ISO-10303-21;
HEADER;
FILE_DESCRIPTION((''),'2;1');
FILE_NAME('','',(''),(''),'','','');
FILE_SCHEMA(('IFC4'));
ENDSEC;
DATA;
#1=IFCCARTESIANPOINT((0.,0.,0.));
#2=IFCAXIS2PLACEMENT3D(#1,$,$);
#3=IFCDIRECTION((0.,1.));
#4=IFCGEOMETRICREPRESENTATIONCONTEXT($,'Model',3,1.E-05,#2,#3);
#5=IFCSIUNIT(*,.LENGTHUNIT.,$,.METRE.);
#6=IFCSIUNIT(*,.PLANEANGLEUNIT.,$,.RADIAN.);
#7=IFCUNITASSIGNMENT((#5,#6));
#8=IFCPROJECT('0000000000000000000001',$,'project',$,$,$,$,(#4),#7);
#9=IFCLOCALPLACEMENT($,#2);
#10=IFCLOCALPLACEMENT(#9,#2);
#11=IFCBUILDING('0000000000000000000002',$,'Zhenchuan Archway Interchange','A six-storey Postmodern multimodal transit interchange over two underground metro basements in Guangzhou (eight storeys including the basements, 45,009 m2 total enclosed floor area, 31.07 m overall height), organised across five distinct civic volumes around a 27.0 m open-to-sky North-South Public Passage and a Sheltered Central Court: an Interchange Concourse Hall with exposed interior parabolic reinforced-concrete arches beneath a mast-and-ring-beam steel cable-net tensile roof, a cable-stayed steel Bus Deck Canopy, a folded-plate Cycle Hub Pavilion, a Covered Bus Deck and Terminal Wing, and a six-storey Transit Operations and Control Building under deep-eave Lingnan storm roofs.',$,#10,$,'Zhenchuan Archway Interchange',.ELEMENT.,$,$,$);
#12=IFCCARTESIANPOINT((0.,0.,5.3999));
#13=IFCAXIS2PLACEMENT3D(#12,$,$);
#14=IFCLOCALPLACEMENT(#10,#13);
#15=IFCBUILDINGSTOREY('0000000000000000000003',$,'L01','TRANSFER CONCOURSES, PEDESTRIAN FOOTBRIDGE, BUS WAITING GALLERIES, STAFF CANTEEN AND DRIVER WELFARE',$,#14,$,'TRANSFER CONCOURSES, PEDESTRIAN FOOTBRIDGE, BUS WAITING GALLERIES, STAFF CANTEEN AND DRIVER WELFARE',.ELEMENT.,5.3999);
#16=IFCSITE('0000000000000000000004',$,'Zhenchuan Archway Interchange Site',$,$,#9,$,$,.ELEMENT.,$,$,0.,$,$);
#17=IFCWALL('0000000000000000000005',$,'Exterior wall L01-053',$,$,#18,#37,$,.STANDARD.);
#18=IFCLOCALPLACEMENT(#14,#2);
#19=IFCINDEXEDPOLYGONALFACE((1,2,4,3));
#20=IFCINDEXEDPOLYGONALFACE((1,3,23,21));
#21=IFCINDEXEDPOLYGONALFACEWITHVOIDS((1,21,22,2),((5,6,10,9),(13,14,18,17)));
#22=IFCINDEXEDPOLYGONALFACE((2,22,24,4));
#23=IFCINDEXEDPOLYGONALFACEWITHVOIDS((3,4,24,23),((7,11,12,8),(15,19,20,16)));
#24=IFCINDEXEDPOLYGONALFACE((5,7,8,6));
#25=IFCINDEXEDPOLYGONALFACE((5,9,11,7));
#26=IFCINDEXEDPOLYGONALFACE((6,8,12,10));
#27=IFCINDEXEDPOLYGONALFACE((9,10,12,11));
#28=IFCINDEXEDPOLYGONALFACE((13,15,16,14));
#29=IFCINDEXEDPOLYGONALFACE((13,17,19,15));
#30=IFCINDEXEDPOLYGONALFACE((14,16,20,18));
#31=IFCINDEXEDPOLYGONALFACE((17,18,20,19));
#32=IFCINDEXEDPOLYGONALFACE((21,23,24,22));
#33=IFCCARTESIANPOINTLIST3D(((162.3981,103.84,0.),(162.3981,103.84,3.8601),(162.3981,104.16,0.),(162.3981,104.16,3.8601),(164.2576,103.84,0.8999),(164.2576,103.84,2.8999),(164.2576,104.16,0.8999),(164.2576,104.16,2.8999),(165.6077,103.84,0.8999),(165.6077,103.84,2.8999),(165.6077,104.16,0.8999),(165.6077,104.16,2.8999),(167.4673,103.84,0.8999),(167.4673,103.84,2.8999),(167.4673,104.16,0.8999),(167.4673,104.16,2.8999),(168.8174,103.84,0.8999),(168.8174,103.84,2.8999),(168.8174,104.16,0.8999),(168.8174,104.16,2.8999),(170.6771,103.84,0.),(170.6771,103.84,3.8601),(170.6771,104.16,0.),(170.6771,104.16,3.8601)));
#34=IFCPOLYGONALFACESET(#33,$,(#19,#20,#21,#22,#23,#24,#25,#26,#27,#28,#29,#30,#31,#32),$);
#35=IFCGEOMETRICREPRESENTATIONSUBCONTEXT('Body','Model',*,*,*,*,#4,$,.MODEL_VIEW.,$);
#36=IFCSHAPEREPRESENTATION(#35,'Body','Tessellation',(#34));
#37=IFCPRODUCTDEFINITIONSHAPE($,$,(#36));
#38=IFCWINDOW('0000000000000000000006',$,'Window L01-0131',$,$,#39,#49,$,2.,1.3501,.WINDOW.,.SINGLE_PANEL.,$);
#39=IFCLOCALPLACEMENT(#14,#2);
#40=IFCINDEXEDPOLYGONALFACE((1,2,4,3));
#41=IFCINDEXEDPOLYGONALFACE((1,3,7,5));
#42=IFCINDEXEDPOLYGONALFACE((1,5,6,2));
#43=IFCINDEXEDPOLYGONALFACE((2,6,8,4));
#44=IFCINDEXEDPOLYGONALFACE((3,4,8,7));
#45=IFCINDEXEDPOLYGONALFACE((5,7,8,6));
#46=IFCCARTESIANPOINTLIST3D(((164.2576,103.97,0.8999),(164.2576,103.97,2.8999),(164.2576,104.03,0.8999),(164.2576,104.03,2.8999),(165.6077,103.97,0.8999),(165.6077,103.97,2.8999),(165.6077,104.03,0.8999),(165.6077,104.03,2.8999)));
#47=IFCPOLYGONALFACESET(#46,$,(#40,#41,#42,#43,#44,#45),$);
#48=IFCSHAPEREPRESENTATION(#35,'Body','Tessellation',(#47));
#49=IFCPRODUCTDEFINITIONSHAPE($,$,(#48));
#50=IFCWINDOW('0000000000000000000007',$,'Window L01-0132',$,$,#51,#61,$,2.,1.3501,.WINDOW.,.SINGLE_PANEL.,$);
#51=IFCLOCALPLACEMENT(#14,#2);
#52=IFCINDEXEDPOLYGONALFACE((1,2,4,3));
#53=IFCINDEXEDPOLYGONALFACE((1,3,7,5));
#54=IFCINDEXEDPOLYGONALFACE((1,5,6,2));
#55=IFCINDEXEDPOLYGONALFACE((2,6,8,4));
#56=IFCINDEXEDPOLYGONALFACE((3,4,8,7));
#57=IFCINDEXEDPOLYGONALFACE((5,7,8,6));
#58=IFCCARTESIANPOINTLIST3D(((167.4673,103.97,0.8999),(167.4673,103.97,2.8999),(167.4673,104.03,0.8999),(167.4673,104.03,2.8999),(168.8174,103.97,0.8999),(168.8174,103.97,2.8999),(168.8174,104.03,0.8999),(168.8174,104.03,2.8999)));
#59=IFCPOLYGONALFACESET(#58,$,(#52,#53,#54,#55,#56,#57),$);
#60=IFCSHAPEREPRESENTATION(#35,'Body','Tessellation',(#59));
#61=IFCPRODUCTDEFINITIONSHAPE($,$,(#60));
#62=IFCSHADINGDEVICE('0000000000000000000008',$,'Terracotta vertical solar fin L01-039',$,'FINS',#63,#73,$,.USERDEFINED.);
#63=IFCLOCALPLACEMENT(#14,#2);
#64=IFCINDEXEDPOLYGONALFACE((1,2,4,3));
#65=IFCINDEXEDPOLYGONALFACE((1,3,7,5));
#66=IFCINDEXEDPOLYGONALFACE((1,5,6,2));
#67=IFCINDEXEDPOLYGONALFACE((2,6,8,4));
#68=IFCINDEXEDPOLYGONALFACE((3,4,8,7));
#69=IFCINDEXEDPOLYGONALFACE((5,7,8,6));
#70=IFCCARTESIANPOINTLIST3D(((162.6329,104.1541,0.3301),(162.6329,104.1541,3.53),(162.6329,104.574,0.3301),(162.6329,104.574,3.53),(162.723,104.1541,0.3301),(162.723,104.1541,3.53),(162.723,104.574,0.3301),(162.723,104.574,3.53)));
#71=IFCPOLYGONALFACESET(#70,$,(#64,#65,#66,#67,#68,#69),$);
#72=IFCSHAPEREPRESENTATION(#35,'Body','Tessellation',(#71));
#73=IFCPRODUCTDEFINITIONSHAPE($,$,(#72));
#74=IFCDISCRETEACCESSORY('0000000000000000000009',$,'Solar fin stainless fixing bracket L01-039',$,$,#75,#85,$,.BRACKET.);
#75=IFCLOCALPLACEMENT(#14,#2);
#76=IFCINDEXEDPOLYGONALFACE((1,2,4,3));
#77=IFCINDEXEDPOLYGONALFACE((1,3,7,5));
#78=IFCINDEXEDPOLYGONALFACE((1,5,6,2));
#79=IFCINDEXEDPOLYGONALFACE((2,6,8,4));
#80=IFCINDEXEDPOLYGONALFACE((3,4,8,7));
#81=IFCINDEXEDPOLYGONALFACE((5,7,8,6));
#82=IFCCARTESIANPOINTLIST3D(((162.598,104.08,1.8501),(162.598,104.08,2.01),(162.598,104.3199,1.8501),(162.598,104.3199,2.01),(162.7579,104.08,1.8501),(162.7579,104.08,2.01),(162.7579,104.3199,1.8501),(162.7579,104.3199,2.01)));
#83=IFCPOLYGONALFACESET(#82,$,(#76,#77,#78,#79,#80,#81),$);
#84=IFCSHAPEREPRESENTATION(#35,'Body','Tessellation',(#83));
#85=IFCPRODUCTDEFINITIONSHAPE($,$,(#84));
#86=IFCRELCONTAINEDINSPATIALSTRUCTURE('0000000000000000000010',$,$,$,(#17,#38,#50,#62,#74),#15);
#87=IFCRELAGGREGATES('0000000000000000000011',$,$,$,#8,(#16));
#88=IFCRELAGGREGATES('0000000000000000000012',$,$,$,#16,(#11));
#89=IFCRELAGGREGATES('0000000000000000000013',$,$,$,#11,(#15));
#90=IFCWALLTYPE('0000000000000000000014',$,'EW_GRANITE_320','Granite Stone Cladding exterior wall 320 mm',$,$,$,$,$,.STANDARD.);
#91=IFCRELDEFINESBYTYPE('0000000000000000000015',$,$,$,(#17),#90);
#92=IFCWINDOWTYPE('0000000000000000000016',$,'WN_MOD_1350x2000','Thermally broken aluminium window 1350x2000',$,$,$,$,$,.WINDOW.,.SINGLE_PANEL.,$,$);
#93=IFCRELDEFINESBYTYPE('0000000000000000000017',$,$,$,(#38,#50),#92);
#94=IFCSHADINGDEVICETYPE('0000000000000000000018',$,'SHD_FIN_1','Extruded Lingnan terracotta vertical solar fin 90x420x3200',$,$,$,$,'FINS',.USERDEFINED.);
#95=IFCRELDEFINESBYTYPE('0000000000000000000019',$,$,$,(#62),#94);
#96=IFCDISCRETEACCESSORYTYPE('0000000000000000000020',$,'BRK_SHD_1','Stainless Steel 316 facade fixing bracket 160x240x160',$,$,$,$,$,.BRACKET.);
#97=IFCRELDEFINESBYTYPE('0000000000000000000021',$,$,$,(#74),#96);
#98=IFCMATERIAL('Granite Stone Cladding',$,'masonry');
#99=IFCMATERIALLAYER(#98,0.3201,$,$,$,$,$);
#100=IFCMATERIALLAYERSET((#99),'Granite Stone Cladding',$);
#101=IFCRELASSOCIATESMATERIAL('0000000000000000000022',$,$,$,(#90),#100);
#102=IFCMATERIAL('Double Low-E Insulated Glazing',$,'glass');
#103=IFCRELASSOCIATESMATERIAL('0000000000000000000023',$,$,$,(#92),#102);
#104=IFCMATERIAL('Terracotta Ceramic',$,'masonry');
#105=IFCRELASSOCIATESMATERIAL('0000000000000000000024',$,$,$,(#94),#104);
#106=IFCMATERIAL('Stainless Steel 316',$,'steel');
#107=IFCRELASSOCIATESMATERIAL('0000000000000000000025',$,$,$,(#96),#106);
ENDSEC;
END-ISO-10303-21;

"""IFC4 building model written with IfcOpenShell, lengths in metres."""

from ifc_helpers import new_model, si_unit, direction, frame, frame_2d, origin, origin_2d, place, context, subcontext, project, spatial, rectangle, extrude, material, layer, layer_set, type_object, element, fill, save


model = new_model("IFC4")

# Units and contexts
model_context = context("Model", 3, precision=1e-05, world=origin(), true_north=direction((0.0, 1.0)))
body_context = subcontext(model_context, "Body", "Model", "MODEL_VIEW")
ifc_project = project(units=[si_unit("LENGTHUNIT", "METRE"), si_unit("PLANEANGLEUNIT", "RADIAN")], contexts=[model_context])

# Site, building, storey
site_placement = place(None, origin())
site = spatial("IfcSite", under=ifc_project, at=site_placement, Name="Zhenchuan Archway Interchange Site", CompositionType="ELEMENT", RefElevation=0.0)
building_placement = place(site_placement, origin())
building = spatial("IfcBuilding", under=site, at=building_placement, Name="Zhenchuan Archway Interchange", Description="A six-storey Postmodern multimodal transit interchange over two underground metro basements in Guangzhou (eight storeys including the basements, 45,009 m2 total enclosed floor area, 31.07 m overall height), organised across five distinct civic volumes around a 27.0 m open-to-sky North-South Public Passage and a Sheltered Central Court: an Interchange Concourse Hall with exposed interior parabolic reinforced-concrete arches beneath a mast-and-ring-beam steel cable-net tensile roof, a cable-stayed steel Bus Deck Canopy, a folded-plate Cycle Hub Pavilion, a Covered Bus Deck and Terminal Wing, and a six-storey Transit Operations and Control Building under deep-eave Lingnan storm roofs.", LongName="Zhenchuan Archway Interchange", CompositionType="ELEMENT")
storey_placement = place(building_placement, frame((0.0, 0.0, 5.3999)))
storey = spatial("IfcBuildingStorey", under=building, at=storey_placement, Name="L01", Description="TRANSFER CONCOURSES, PEDESTRIAN FOOTBRIDGE, BUS WAITING GALLERIES, STAFF CANTEEN AND DRIVER WELFARE", LongName="TRANSFER CONCOURSES, PEDESTRIAN FOOTBRIDGE, BUS WAITING GALLERIES, STAFF CANTEEN AND DRIVER WELFARE", CompositionType="ELEMENT", Elevation=5.3999)

# Shared definitions
ifc_material_1 = material(Name="Double Low-E Insulated Glazing", Category="glass")

# Wall, openings, windows
ifc_material_2 = material(Name="Granite Stone Cladding", Category="masonry")
ifc_layer_1 = layer(ifc_material_2, 0.3201)
ifc_layer_set_1 = layer_set([ifc_layer_1], Name="Granite Stone Cladding")
wall_type = type_object("IfcWallType", Name="EW_GRANITE_320", Description="Granite Stone Cladding exterior wall 320 mm", PredefinedType="STANDARD", material=ifc_layer_set_1)
wall_placement = place(storey_placement, frame((162.3979, 104.0, 0.0), z_axis=(0.0, 0.0, 1.0), x_axis=(1.0, 0.0, 0.0)))
wall = element("IfcWall", 1, at=wall_placement, inside=storey, type_object=wall_type, Name="Exterior wall L01-053", PredefinedType="STANDARD", context=body_context, shape_type="SweptSolid", body=[
    extrude(rectangle(XDim=8.2791, YDim=0.3201, at=frame_2d((4.1396, 0.0))), origin(), (0.0, 0.0, 1.0), 3.8601),
])
opening_1_placement = place(wall_placement, frame((1.8596, 0.0, 0.8999)))
opening_1 = element("IfcOpeningElement", 2, at=opening_1_placement, cuts=wall, PredefinedType="OPENING", context=body_context, shape_type="SweptSolid", body=[
    extrude(rectangle(XDim=1.3501, YDim=2.0, at=frame_2d((0.675, 1.0))), frame((0.0, 0.1719, 0.0), z_axis=(0.0, -1.0, 0.0), x_axis=(1.0, 0.0, 0.0)), (0.0, 0.0, 1.0), 0.344),
])
opening_2_placement = place(wall_placement, frame((5.0693, 0.0, 0.8999)))
opening_2 = element("IfcOpeningElement", 3, at=opening_2_placement, cuts=wall, PredefinedType="OPENING", context=body_context, shape_type="SweptSolid", body=[
    extrude(rectangle(XDim=1.3501, YDim=2.0, at=frame_2d((0.675, 1.0))), frame((0.0, 0.1719, 0.0), z_axis=(0.0, -1.0, 0.0), x_axis=(1.0, 0.0, 0.0)), (0.0, 0.0, 1.0), 0.344),
])
window_type = type_object("IfcWindowType", Name="WN_MOD_1350x2000", Description="Thermally broken aluminium window 1350x2000", PartitioningType="SINGLE_PANEL", PredefinedType="WINDOW", material=ifc_material_1)
window_1_placement = place(opening_1_placement, origin())
window_1 = element("IfcWindow", 4, at=window_1_placement, inside=storey, type_object=window_type, Name="Window L01-0131", OverallHeight=2.0, OverallWidth=1.3501, PartitioningType="SINGLE_PANEL", PredefinedType="WINDOW", context=body_context, shape_type="SweptSolid", body=[
    extrude(rectangle(XDim=1.3501, YDim=2.0, at=frame_2d((0.675, 1.0))), frame((0.0, 0.03, 0.0), z_axis=(0.0, -1.0, 0.0), x_axis=(1.0, 0.0, 0.0)), (0.0, 0.0, 1.0), 0.0601),
])
fill(opening_1, window_1)
window_2_placement = place(opening_2_placement, origin())
window_2 = element("IfcWindow", 5, at=window_2_placement, inside=storey, type_object=window_type, Name="Window L01-0132", OverallHeight=2.0, OverallWidth=1.3501, PartitioningType="SINGLE_PANEL", PredefinedType="WINDOW", context=body_context, shape_type="SweptSolid", body=[
    extrude(rectangle(XDim=1.3501, YDim=2.0, at=frame_2d((0.675, 1.0))), frame((0.0, 0.03, 0.0), z_axis=(0.0, -1.0, 0.0), x_axis=(1.0, 0.0, 0.0)), (0.0, 0.0, 1.0), 0.0601),
])
fill(opening_2, window_2)

# Shading device
ifc_material_3 = material(Name="Terracotta Ceramic", Category="masonry")
shading_device_type = type_object("IfcShadingDeviceType", Name="SHD_FIN_1", Description="Extruded Lingnan terracotta vertical solar fin 90x420x3200", ElementType="FINS", PredefinedType="USERDEFINED", material=ifc_material_3)
shading_device_placement = place(storey_placement, frame((162.678, 104.364, 0.3301), z_axis=(0.0, 0.0, 1.0), x_axis=(1.0, 0.0, 0.0)))
element("IfcShadingDevice", 6, at=shading_device_placement, inside=storey, type_object=shading_device_type, Name="Terracotta vertical solar fin L01-039", ObjectType="FINS", PredefinedType="USERDEFINED", context=body_context, shape_type="SweptSolid", body=[
    extrude(rectangle(XDim=0.0901, YDim=0.4199, at=origin_2d()), origin(), (0.0, 0.0, 1.0), 3.2),
])

# Discrete accessory
ifc_material_4 = material(Name="Stainless Steel 316", Category="steel")
discrete_accessory_type = type_object("IfcDiscreteAccessoryType", Name="BRK_SHD_1", Description="Stainless Steel 316 facade fixing bracket 160x240x160", PredefinedType="BRACKET", material=ifc_material_4)
discrete_accessory_placement = place(storey_placement, frame((162.678, 104.2, 1.8501), z_axis=(0.0, 0.0, 1.0), x_axis=(1.0, 0.0, 0.0)))
element("IfcDiscreteAccessory", 7, at=discrete_accessory_placement, inside=storey, type_object=discrete_accessory_type, Name="Solar fin stainless fixing bracket L01-039", PredefinedType="BRACKET", context=body_context, shape_type="SweptSolid", body=[
    extrude(rectangle(XDim=0.1599, YDim=0.24, at=origin_2d()), origin(), (0.0, 0.0, 1.0), 0.1599),
])

save(model, "model.ifc")
